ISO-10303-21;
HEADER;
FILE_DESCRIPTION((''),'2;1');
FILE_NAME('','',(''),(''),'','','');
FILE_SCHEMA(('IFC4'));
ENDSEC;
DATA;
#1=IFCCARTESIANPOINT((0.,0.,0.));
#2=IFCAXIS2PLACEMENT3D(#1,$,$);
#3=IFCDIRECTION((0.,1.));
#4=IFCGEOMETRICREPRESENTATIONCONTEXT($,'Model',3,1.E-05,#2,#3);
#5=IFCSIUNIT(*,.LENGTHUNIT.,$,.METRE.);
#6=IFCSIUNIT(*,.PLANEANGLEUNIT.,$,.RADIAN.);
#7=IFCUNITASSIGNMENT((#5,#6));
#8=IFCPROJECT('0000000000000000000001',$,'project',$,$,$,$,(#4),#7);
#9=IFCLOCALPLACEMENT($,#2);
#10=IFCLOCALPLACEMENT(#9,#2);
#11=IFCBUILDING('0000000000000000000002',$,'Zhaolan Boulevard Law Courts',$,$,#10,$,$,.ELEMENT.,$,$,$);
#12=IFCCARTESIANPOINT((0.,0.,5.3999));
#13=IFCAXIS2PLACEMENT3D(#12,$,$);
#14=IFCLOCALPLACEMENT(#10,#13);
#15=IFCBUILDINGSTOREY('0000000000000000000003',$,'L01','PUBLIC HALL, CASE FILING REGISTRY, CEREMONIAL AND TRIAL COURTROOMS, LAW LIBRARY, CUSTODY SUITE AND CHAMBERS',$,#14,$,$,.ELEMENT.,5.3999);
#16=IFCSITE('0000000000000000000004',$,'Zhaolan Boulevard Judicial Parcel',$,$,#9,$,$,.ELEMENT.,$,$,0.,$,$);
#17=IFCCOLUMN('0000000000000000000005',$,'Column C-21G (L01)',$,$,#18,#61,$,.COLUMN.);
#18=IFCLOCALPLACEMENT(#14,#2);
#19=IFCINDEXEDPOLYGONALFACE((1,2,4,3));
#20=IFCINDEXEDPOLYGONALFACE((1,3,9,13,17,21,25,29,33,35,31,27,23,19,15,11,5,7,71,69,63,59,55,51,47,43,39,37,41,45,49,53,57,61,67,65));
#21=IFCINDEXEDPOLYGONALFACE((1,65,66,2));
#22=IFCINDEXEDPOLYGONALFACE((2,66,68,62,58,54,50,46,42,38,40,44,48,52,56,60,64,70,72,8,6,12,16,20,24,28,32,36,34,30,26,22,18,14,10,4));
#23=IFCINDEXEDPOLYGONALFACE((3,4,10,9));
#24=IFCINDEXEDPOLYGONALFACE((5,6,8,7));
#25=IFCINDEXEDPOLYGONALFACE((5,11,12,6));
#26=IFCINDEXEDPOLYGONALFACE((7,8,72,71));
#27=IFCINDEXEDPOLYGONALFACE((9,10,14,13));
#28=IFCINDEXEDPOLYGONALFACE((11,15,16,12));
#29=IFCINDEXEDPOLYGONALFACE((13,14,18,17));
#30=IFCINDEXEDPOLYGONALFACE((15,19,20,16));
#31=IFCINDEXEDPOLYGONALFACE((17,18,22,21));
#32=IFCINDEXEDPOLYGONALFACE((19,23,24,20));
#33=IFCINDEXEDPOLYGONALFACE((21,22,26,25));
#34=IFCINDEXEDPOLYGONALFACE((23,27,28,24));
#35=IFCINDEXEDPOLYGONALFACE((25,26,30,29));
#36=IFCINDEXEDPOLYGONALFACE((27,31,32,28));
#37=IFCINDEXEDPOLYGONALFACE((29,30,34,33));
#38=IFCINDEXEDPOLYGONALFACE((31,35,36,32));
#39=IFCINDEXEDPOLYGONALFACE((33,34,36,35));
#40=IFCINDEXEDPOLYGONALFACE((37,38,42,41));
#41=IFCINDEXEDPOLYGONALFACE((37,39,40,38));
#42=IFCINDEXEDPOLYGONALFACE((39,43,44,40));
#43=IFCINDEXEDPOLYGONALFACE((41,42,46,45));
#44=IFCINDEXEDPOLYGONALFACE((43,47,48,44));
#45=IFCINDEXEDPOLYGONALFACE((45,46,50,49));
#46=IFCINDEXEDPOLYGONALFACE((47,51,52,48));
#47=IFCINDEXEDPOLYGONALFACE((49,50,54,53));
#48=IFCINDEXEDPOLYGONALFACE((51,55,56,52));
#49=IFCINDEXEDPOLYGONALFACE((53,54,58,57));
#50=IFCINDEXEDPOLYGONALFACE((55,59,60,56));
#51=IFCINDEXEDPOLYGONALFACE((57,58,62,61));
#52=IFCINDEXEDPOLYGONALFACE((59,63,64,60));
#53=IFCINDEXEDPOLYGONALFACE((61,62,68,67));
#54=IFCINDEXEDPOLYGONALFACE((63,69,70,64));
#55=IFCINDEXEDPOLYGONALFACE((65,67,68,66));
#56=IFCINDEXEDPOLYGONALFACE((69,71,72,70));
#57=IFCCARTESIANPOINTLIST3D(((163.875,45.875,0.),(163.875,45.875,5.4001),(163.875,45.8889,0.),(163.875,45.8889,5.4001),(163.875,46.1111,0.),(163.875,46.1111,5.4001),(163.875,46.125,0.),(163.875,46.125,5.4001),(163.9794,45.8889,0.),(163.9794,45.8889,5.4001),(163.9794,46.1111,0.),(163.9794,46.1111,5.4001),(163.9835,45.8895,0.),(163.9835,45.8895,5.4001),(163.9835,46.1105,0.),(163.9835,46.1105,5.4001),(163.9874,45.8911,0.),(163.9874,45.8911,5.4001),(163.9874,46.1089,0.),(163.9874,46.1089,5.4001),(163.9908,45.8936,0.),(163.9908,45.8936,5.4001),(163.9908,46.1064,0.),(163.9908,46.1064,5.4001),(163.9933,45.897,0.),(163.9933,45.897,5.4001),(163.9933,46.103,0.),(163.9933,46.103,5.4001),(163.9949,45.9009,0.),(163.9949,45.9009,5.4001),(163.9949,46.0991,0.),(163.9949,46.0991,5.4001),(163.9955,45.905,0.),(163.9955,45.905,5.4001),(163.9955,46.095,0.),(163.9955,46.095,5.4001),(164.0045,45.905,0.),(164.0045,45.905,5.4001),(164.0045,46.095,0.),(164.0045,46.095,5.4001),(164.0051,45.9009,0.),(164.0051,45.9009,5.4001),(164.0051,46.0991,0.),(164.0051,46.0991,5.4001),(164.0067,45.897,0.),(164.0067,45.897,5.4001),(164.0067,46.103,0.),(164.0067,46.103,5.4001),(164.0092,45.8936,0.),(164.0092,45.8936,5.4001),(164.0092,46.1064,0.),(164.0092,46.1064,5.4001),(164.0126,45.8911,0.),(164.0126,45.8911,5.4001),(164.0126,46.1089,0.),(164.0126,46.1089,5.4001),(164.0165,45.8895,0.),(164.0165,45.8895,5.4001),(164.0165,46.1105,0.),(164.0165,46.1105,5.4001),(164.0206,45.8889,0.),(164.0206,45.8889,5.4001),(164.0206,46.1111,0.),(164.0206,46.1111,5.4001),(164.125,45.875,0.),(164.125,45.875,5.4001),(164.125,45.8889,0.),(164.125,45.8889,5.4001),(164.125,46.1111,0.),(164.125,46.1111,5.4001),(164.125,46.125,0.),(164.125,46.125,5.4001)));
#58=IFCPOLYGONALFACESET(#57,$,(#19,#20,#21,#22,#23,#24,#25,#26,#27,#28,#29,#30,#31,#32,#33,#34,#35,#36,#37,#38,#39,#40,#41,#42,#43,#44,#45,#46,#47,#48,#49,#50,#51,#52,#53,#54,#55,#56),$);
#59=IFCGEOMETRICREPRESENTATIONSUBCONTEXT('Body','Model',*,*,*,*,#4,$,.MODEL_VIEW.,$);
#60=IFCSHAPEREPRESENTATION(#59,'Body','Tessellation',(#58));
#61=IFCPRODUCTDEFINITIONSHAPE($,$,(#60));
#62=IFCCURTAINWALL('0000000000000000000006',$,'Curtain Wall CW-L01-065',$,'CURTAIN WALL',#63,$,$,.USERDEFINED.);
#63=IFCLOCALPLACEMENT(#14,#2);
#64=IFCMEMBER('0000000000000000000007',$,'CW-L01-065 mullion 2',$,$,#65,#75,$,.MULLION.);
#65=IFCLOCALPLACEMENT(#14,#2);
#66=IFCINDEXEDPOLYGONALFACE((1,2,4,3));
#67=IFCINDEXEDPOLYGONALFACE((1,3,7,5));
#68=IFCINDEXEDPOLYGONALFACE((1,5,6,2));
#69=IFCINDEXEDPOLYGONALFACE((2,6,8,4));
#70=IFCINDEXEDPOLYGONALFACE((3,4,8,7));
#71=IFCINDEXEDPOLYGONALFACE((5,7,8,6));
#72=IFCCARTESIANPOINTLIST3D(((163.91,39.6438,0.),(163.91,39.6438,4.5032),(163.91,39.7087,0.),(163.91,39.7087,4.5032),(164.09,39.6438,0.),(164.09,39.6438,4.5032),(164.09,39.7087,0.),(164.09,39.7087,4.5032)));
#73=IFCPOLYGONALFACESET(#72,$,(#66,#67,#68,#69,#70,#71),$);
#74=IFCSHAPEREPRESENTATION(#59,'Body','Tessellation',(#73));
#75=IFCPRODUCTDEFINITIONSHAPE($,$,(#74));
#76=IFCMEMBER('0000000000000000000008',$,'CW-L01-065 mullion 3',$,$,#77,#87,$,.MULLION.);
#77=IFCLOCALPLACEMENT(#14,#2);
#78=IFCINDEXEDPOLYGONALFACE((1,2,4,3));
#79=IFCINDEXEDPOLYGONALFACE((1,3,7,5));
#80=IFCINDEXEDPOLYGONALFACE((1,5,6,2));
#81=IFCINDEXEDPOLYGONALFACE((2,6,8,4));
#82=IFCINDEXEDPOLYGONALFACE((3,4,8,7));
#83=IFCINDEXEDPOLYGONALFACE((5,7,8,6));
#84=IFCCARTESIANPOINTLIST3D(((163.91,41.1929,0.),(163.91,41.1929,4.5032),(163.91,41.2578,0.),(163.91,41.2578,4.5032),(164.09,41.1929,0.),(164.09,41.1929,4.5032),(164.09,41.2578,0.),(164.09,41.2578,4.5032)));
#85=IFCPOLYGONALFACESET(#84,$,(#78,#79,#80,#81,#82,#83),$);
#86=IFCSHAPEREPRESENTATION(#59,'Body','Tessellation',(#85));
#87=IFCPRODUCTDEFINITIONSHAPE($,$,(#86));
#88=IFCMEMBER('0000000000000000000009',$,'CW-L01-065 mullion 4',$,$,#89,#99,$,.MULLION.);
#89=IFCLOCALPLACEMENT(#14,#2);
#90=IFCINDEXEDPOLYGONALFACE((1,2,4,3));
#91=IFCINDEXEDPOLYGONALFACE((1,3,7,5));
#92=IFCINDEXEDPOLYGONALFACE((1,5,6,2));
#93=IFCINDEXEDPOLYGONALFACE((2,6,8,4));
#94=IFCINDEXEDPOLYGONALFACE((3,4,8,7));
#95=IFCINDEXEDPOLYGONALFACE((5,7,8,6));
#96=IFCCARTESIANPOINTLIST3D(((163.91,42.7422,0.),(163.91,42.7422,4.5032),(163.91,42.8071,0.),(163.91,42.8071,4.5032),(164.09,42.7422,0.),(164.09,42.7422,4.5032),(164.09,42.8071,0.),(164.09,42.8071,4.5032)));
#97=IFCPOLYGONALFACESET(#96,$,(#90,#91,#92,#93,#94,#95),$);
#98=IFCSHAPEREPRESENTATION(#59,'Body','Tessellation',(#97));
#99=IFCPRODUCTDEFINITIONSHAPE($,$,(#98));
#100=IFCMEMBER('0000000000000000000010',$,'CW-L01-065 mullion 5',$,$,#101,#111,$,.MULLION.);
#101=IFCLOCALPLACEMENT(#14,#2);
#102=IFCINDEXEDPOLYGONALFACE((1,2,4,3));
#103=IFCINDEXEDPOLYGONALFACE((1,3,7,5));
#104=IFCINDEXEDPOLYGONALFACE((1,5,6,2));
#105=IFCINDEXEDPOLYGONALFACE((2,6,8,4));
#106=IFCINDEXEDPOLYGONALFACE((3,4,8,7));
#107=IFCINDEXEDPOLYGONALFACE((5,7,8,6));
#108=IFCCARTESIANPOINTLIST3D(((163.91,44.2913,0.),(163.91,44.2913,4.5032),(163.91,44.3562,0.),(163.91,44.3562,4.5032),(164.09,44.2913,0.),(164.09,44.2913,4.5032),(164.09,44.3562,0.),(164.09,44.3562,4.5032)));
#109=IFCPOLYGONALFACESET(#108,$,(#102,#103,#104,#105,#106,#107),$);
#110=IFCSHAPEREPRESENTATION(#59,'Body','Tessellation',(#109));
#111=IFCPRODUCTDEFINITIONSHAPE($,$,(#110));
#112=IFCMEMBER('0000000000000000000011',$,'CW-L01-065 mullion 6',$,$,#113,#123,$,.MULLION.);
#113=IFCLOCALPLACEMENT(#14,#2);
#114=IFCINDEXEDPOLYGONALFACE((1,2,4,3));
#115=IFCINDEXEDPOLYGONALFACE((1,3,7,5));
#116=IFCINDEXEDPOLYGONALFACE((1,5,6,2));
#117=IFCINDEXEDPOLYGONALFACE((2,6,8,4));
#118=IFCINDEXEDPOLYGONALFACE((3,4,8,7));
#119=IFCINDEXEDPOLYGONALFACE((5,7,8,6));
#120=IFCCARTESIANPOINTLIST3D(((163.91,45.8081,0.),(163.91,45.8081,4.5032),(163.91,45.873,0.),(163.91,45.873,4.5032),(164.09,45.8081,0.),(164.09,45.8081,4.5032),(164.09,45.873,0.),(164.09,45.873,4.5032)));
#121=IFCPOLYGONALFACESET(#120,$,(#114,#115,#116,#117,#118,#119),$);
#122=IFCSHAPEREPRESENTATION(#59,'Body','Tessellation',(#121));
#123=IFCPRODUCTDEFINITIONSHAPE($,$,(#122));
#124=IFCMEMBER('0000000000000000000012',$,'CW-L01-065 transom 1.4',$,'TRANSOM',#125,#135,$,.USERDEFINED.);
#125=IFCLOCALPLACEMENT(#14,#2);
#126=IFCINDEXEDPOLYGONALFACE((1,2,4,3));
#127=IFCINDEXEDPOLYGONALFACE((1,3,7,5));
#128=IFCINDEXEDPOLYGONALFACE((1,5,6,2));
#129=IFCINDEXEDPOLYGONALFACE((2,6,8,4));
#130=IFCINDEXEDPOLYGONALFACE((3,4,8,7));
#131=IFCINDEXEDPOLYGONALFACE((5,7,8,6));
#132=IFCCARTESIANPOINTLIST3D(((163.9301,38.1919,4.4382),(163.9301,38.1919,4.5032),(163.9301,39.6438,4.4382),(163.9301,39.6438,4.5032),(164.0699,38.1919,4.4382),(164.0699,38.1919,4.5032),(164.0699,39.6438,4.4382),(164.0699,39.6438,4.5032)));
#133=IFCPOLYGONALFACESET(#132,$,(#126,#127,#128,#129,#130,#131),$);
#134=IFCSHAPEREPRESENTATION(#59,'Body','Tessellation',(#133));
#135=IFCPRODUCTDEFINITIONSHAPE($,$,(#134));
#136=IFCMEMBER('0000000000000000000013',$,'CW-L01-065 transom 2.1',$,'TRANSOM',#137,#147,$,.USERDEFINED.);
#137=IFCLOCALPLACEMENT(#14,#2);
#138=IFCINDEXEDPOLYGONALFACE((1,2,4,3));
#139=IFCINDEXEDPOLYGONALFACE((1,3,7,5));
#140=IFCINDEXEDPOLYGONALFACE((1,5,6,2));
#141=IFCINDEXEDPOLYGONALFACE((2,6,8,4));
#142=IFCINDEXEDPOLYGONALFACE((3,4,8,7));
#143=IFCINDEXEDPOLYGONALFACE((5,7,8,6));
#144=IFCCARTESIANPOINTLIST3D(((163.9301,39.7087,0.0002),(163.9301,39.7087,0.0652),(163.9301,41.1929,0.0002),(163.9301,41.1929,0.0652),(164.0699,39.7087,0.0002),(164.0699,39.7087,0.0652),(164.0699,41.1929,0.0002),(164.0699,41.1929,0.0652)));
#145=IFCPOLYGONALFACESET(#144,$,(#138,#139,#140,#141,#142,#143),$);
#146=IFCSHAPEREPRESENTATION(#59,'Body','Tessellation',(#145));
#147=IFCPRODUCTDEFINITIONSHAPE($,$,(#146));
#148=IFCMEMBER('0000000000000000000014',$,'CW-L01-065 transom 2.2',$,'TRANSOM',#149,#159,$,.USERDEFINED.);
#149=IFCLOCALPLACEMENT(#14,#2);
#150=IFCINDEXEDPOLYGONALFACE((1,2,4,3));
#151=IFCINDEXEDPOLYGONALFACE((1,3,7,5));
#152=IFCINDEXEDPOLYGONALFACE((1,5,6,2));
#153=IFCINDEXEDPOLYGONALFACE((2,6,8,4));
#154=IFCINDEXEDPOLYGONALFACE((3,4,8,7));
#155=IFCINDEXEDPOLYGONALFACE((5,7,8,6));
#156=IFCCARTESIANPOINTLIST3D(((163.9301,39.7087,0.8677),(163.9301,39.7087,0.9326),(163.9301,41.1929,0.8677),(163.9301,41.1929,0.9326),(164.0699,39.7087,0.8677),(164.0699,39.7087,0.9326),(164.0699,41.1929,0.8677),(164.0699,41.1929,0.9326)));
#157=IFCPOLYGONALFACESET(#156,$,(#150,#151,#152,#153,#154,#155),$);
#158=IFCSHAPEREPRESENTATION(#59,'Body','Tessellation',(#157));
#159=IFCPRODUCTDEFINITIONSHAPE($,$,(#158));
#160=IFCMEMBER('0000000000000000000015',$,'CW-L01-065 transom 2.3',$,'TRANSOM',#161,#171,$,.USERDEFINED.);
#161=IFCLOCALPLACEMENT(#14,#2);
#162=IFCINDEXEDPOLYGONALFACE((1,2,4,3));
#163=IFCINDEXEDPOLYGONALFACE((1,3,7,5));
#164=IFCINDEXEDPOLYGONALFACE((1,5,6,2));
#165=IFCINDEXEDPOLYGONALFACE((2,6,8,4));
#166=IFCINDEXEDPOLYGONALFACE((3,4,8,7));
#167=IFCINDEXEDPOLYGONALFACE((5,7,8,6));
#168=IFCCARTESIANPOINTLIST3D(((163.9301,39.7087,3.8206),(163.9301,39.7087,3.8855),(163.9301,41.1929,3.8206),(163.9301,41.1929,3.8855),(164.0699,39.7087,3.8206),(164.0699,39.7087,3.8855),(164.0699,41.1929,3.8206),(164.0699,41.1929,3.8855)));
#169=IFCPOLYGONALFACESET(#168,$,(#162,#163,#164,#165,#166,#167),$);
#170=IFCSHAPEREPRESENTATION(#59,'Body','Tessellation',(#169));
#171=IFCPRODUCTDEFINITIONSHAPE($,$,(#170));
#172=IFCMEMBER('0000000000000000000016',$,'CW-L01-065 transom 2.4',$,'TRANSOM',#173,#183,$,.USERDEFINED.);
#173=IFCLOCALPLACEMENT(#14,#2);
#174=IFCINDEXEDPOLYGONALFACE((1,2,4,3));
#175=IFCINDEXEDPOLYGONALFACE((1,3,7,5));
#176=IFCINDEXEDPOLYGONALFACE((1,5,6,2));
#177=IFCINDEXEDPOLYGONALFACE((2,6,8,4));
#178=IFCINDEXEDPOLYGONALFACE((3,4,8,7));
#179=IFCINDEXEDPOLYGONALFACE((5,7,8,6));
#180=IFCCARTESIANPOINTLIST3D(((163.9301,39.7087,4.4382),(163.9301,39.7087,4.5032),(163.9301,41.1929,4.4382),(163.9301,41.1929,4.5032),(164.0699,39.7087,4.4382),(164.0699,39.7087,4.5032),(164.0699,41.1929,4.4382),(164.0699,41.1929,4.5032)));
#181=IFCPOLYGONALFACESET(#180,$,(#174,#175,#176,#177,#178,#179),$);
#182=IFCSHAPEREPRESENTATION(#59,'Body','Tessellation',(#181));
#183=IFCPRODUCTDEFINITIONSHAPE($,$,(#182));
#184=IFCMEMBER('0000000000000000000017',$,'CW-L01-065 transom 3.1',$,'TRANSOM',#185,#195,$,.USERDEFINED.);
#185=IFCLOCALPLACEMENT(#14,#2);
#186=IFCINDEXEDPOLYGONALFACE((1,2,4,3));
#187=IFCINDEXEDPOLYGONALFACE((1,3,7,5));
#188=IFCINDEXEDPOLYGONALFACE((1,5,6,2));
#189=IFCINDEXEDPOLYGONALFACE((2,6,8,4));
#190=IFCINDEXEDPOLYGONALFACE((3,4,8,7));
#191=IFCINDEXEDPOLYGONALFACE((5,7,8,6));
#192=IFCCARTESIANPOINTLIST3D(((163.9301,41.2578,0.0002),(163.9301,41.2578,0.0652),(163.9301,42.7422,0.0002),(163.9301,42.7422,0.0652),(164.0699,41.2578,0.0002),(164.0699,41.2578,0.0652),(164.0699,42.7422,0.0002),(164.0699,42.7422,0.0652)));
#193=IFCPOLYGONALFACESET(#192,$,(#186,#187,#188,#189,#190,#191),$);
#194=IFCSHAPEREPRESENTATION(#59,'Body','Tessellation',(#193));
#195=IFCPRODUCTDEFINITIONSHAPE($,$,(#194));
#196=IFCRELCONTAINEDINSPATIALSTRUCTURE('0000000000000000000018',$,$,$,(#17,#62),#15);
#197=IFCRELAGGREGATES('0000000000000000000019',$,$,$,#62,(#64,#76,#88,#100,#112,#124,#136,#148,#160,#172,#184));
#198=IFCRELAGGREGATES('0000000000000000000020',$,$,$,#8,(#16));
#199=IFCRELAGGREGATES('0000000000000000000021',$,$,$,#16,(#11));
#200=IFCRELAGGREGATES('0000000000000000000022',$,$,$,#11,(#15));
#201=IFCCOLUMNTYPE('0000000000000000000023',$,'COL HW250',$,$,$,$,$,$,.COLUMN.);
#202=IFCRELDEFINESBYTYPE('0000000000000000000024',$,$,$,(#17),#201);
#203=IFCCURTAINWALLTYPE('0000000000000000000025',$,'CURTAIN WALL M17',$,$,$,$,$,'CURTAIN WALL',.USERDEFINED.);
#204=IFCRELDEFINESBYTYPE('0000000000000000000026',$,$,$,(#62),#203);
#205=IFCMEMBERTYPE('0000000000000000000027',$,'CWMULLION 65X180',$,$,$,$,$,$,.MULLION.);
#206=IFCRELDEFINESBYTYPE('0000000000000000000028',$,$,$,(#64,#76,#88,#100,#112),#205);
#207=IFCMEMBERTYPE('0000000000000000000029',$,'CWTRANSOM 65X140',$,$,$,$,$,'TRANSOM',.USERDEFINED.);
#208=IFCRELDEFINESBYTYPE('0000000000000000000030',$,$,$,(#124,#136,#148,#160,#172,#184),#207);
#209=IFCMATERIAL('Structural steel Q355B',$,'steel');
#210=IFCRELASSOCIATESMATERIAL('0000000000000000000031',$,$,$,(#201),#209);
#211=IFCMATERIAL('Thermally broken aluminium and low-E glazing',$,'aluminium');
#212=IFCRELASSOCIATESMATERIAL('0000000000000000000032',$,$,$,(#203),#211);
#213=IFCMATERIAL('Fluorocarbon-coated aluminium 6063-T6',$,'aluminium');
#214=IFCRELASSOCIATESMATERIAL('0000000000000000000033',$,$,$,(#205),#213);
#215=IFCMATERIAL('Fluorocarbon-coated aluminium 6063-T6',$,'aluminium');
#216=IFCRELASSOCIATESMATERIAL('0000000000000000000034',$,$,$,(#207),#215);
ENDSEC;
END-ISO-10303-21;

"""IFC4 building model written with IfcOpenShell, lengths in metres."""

from ifc_helpers import new_model, si_unit, direction, frame, origin, origin_2d, place, context, subcontext, project, spatial, rectangle, i_section, extrude, material, material_profile, profile_set, type_object, element, aggregate, save


model = new_model("IFC4")

# Units and contexts
model_context = context("Model", 3, precision=1e-05, world=origin(), true_north=direction((0.0, 1.0)))
body_context = subcontext(model_context, "Body", "Model", "MODEL_VIEW")
ifc_project = project(units=[si_unit("LENGTHUNIT", "METRE"), si_unit("PLANEANGLEUNIT", "RADIAN")], contexts=[model_context])

# Site, building, storey
site_placement = place(None, origin())
site = spatial("IfcSite", under=ifc_project, at=site_placement, Name="Zhaolan Boulevard Judicial Parcel", CompositionType="ELEMENT", RefElevation=0.0)
building_placement = place(site_placement, origin())
building = spatial("IfcBuilding", under=site, at=building_placement, Name="Zhaolan Boulevard Law Courts", CompositionType="ELEMENT")
storey_placement = place(building_placement, frame((0.0, 0.0, 5.3999)))
storey = spatial("IfcBuildingStorey", under=building, at=storey_placement, Name="L01", Description="PUBLIC HALL, CASE FILING REGISTRY, CEREMONIAL AND TRIAL COURTROOMS, LAW LIBRARY, CUSTODY SUITE AND CHAMBERS", CompositionType="ELEMENT", Elevation=5.3999)

# Column
ifc_material_1 = material(Name="Structural steel Q355B", Category="steel")
ifc_material_profile_1 = material_profile(ifc_material_1, i_section(OverallWidth=0.25, OverallDepth=0.25, WebThickness=0.009, FlangeThickness=0.0139, FilletRadius=0.0161, at=origin_2d()), Name="HW250x250")
ifc_profile_set_1 = profile_set([ifc_material_profile_1], Name="Structural steel Q355B")
column_type = type_object("IfcColumnType", Name="COL HW250", PredefinedType="COLUMN", material=ifc_profile_set_1)
column_placement = place(storey_placement, frame((164.0, 46.0, 0.0), z_axis=(0.0, 0.0, 1.0), x_axis=(1.0, 0.0, 0.0)))
element("IfcColumn", 1, at=column_placement, inside=storey, type_object=column_type, Name="Column C-21G (L01)", PredefinedType="COLUMN", context=body_context, shape_type="SweptSolid", body=[
    extrude(i_section(OverallWidth=0.25, OverallDepth=0.25, WebThickness=0.009, FlangeThickness=0.0139, FilletRadius=0.0161, at=origin_2d()), origin(), (0.0, 0.0, 1.0), 5.4001),
])

# Curtain wall, members
ifc_material_2 = material(Name="Thermally broken aluminium and low-E glazing", Category="aluminium")
curtain_wall_type = type_object("IfcCurtainWallType", Name="CURTAIN WALL M17", ElementType="CURTAIN WALL", PredefinedType="USERDEFINED", material=ifc_material_2)
curtain_wall_placement = place(storey_placement, origin())
curtain_wall = element("IfcCurtainWall", 2, at=curtain_wall_placement, inside=storey, type_object=curtain_wall_type, Name="Curtain Wall CW-L01-065", ObjectType="CURTAIN WALL", PredefinedType="USERDEFINED")
ifc_material_3 = material(Name="Fluorocarbon-coated aluminium 6063-T6", Category="aluminium")
ifc_material_profile_2 = material_profile(ifc_material_3, rectangle(XDim=0.1799, YDim=0.0649, at=origin_2d()), Name="AL65x180")
ifc_profile_set_2 = profile_set([ifc_material_profile_2], Name="Fluorocarbon-coated aluminium 6063-T6")
member_type_1 = type_object("IfcMemberType", Name="CWMULLION 65X180", PredefinedType="MULLION", material=ifc_profile_set_2)
member_1_placement = place(storey_placement, frame((164.0, 39.6763, 0.0), z_axis=(0.0, 0.0, 1.0), x_axis=(-1.0, 0.0, 0.0)))
member_1 = element("IfcMember", 3, at=member_1_placement, type_object=member_type_1, Name="CW-L01-065 mullion 2", PredefinedType="MULLION", context=body_context, shape_type="SweptSolid", body=[
    extrude(rectangle(XDim=0.1799, YDim=0.0649, at=origin_2d()), origin(), (0.0, 0.0, 1.0), 4.5032),
])
member_2_placement = place(storey_placement, frame((164.0, 41.2253, 0.0), z_axis=(0.0, 0.0, 1.0), x_axis=(-1.0, 0.0, 0.0)))
member_2 = element("IfcMember", 4, at=member_2_placement, type_object=member_type_1, Name="CW-L01-065 mullion 3", PredefinedType="MULLION", context=body_context, shape_type="SweptSolid", body=[
    extrude(rectangle(XDim=0.1799, YDim=0.0649, at=origin_2d()), origin(), (0.0, 0.0, 1.0), 4.5032),
])
member_3_placement = place(storey_placement, frame((164.0, 42.7747, 0.0), z_axis=(0.0, 0.0, 1.0), x_axis=(-1.0, 0.0, 0.0)))
member_3 = element("IfcMember", 5, at=member_3_placement, type_object=member_type_1, Name="CW-L01-065 mullion 4", PredefinedType="MULLION", context=body_context, shape_type="SweptSolid", body=[
    extrude(rectangle(XDim=0.1799, YDim=0.0649, at=origin_2d()), origin(), (0.0, 0.0, 1.0), 4.5032),
])
member_4_placement = place(storey_placement, frame((164.0, 44.3237, 0.0), z_axis=(0.0, 0.0, 1.0), x_axis=(-1.0, 0.0, 0.0)))
member_4 = element("IfcMember", 6, at=member_4_placement, type_object=member_type_1, Name="CW-L01-065 mullion 5", PredefinedType="MULLION", context=body_context, shape_type="SweptSolid", body=[
    extrude(rectangle(XDim=0.1799, YDim=0.0649, at=origin_2d()), origin(), (0.0, 0.0, 1.0), 4.5032),
])
member_5_placement = place(storey_placement, frame((164.0, 45.8406, 0.0), z_axis=(0.0, 0.0, 1.0), x_axis=(-1.0, 0.0, 0.0)))
member_5 = element("IfcMember", 7, at=member_5_placement, type_object=member_type_1, Name="CW-L01-065 mullion 6", PredefinedType="MULLION", context=body_context, shape_type="SweptSolid", body=[
    extrude(rectangle(XDim=0.1799, YDim=0.0649, at=origin_2d()), origin(), (0.0, 0.0, 1.0), 4.5032),
])
ifc_material_4 = material(Name="Fluorocarbon-coated aluminium 6063-T6", Category="aluminium")
ifc_material_profile_3 = material_profile(ifc_material_4, rectangle(XDim=0.1399, YDim=0.0649, at=origin_2d()), Name="AL65x140")
ifc_profile_set_3 = profile_set([ifc_material_profile_3], Name="Fluorocarbon-coated aluminium 6063-T6")
member_type_2 = type_object("IfcMemberType", Name="CWTRANSOM 65X140", ElementType="TRANSOM", PredefinedType="USERDEFINED", material=ifc_profile_set_3)
member_6_placement = place(storey_placement, frame((164.0, 38.1919, 4.4707), z_axis=(0.0, 1.0, 0.0), x_axis=(-1.0, 0.0, 0.0)))
member_6 = element("IfcMember", 8, at=member_6_placement, type_object=member_type_2, Name="CW-L01-065 transom 1.4", ObjectType="TRANSOM", PredefinedType="USERDEFINED", context=body_context, shape_type="SweptSolid", body=[
    extrude(rectangle(XDim=0.1399, YDim=0.0649, at=origin_2d()), origin(), (0.0, 0.0, 1.0), 1.4519),
])
member_7_placement = place(storey_placement, frame((164.0, 39.7087, 0.0327), z_axis=(0.0, 1.0, 0.0), x_axis=(-1.0, 0.0, 0.0)))
member_7 = element("IfcMember", 9, at=member_7_placement, type_object=member_type_2, Name="CW-L01-065 transom 2.1", ObjectType="TRANSOM", PredefinedType="USERDEFINED", context=body_context, shape_type="SweptSolid", body=[
    extrude(rectangle(XDim=0.1399, YDim=0.0649, at=origin_2d()), origin(), (0.0, 0.0, 1.0), 1.4841),
])
member_8_placement = place(storey_placement, frame((164.0, 39.7087, 0.9001), z_axis=(0.0, 1.0, 0.0), x_axis=(-1.0, 0.0, 0.0)))
member_8 = element("IfcMember", 10, at=member_8_placement, type_object=member_type_2, Name="CW-L01-065 transom 2.2", ObjectType="TRANSOM", PredefinedType="USERDEFINED", context=body_context, shape_type="SweptSolid", body=[
    extrude(rectangle(XDim=0.1399, YDim=0.0649, at=origin_2d()), origin(), (0.0, 0.0, 1.0), 1.4841),
])
member_9_placement = place(storey_placement, frame((164.0, 39.7087, 3.853), z_axis=(0.0, 1.0, 0.0), x_axis=(-1.0, 0.0, 0.0)))
member_9 = element("IfcMember", 11, at=member_9_placement, type_object=member_type_2, Name="CW-L01-065 transom 2.3", ObjectType="TRANSOM", PredefinedType="USERDEFINED", context=body_context, shape_type="SweptSolid", body=[
    extrude(rectangle(XDim=0.1399, YDim=0.0649, at=origin_2d()), origin(), (0.0, 0.0, 1.0), 1.4841),
])
member_10_placement = place(storey_placement, frame((164.0, 39.7087, 4.4707), z_axis=(0.0, 1.0, 0.0), x_axis=(-1.0, 0.0, 0.0)))
member_10 = element("IfcMember", 12, at=member_10_placement, type_object=member_type_2, Name="CW-L01-065 transom 2.4", ObjectType="TRANSOM", PredefinedType="USERDEFINED", context=body_context, shape_type="SweptSolid", body=[
    extrude(rectangle(XDim=0.1399, YDim=0.0649, at=origin_2d()), origin(), (0.0, 0.0, 1.0), 1.4841),
])
member_11_placement = place(storey_placement, frame((164.0, 41.2578, 0.0327), z_axis=(0.0, 1.0, 0.0), x_axis=(-1.0, 0.0, 0.0)))
member_11 = element("IfcMember", 13, at=member_11_placement, type_object=member_type_2, Name="CW-L01-065 transom 3.1", ObjectType="TRANSOM", PredefinedType="USERDEFINED", context=body_context, shape_type="SweptSolid", body=[
    extrude(rectangle(XDim=0.1399, YDim=0.0649, at=origin_2d()), origin(), (0.0, 0.0, 1.0), 1.4844),
])
aggregate(curtain_wall, [member_1, member_2, member_3, member_4, member_5, member_6, member_7, member_8, member_9, member_10, member_11])

save(model, "model.ifc")
